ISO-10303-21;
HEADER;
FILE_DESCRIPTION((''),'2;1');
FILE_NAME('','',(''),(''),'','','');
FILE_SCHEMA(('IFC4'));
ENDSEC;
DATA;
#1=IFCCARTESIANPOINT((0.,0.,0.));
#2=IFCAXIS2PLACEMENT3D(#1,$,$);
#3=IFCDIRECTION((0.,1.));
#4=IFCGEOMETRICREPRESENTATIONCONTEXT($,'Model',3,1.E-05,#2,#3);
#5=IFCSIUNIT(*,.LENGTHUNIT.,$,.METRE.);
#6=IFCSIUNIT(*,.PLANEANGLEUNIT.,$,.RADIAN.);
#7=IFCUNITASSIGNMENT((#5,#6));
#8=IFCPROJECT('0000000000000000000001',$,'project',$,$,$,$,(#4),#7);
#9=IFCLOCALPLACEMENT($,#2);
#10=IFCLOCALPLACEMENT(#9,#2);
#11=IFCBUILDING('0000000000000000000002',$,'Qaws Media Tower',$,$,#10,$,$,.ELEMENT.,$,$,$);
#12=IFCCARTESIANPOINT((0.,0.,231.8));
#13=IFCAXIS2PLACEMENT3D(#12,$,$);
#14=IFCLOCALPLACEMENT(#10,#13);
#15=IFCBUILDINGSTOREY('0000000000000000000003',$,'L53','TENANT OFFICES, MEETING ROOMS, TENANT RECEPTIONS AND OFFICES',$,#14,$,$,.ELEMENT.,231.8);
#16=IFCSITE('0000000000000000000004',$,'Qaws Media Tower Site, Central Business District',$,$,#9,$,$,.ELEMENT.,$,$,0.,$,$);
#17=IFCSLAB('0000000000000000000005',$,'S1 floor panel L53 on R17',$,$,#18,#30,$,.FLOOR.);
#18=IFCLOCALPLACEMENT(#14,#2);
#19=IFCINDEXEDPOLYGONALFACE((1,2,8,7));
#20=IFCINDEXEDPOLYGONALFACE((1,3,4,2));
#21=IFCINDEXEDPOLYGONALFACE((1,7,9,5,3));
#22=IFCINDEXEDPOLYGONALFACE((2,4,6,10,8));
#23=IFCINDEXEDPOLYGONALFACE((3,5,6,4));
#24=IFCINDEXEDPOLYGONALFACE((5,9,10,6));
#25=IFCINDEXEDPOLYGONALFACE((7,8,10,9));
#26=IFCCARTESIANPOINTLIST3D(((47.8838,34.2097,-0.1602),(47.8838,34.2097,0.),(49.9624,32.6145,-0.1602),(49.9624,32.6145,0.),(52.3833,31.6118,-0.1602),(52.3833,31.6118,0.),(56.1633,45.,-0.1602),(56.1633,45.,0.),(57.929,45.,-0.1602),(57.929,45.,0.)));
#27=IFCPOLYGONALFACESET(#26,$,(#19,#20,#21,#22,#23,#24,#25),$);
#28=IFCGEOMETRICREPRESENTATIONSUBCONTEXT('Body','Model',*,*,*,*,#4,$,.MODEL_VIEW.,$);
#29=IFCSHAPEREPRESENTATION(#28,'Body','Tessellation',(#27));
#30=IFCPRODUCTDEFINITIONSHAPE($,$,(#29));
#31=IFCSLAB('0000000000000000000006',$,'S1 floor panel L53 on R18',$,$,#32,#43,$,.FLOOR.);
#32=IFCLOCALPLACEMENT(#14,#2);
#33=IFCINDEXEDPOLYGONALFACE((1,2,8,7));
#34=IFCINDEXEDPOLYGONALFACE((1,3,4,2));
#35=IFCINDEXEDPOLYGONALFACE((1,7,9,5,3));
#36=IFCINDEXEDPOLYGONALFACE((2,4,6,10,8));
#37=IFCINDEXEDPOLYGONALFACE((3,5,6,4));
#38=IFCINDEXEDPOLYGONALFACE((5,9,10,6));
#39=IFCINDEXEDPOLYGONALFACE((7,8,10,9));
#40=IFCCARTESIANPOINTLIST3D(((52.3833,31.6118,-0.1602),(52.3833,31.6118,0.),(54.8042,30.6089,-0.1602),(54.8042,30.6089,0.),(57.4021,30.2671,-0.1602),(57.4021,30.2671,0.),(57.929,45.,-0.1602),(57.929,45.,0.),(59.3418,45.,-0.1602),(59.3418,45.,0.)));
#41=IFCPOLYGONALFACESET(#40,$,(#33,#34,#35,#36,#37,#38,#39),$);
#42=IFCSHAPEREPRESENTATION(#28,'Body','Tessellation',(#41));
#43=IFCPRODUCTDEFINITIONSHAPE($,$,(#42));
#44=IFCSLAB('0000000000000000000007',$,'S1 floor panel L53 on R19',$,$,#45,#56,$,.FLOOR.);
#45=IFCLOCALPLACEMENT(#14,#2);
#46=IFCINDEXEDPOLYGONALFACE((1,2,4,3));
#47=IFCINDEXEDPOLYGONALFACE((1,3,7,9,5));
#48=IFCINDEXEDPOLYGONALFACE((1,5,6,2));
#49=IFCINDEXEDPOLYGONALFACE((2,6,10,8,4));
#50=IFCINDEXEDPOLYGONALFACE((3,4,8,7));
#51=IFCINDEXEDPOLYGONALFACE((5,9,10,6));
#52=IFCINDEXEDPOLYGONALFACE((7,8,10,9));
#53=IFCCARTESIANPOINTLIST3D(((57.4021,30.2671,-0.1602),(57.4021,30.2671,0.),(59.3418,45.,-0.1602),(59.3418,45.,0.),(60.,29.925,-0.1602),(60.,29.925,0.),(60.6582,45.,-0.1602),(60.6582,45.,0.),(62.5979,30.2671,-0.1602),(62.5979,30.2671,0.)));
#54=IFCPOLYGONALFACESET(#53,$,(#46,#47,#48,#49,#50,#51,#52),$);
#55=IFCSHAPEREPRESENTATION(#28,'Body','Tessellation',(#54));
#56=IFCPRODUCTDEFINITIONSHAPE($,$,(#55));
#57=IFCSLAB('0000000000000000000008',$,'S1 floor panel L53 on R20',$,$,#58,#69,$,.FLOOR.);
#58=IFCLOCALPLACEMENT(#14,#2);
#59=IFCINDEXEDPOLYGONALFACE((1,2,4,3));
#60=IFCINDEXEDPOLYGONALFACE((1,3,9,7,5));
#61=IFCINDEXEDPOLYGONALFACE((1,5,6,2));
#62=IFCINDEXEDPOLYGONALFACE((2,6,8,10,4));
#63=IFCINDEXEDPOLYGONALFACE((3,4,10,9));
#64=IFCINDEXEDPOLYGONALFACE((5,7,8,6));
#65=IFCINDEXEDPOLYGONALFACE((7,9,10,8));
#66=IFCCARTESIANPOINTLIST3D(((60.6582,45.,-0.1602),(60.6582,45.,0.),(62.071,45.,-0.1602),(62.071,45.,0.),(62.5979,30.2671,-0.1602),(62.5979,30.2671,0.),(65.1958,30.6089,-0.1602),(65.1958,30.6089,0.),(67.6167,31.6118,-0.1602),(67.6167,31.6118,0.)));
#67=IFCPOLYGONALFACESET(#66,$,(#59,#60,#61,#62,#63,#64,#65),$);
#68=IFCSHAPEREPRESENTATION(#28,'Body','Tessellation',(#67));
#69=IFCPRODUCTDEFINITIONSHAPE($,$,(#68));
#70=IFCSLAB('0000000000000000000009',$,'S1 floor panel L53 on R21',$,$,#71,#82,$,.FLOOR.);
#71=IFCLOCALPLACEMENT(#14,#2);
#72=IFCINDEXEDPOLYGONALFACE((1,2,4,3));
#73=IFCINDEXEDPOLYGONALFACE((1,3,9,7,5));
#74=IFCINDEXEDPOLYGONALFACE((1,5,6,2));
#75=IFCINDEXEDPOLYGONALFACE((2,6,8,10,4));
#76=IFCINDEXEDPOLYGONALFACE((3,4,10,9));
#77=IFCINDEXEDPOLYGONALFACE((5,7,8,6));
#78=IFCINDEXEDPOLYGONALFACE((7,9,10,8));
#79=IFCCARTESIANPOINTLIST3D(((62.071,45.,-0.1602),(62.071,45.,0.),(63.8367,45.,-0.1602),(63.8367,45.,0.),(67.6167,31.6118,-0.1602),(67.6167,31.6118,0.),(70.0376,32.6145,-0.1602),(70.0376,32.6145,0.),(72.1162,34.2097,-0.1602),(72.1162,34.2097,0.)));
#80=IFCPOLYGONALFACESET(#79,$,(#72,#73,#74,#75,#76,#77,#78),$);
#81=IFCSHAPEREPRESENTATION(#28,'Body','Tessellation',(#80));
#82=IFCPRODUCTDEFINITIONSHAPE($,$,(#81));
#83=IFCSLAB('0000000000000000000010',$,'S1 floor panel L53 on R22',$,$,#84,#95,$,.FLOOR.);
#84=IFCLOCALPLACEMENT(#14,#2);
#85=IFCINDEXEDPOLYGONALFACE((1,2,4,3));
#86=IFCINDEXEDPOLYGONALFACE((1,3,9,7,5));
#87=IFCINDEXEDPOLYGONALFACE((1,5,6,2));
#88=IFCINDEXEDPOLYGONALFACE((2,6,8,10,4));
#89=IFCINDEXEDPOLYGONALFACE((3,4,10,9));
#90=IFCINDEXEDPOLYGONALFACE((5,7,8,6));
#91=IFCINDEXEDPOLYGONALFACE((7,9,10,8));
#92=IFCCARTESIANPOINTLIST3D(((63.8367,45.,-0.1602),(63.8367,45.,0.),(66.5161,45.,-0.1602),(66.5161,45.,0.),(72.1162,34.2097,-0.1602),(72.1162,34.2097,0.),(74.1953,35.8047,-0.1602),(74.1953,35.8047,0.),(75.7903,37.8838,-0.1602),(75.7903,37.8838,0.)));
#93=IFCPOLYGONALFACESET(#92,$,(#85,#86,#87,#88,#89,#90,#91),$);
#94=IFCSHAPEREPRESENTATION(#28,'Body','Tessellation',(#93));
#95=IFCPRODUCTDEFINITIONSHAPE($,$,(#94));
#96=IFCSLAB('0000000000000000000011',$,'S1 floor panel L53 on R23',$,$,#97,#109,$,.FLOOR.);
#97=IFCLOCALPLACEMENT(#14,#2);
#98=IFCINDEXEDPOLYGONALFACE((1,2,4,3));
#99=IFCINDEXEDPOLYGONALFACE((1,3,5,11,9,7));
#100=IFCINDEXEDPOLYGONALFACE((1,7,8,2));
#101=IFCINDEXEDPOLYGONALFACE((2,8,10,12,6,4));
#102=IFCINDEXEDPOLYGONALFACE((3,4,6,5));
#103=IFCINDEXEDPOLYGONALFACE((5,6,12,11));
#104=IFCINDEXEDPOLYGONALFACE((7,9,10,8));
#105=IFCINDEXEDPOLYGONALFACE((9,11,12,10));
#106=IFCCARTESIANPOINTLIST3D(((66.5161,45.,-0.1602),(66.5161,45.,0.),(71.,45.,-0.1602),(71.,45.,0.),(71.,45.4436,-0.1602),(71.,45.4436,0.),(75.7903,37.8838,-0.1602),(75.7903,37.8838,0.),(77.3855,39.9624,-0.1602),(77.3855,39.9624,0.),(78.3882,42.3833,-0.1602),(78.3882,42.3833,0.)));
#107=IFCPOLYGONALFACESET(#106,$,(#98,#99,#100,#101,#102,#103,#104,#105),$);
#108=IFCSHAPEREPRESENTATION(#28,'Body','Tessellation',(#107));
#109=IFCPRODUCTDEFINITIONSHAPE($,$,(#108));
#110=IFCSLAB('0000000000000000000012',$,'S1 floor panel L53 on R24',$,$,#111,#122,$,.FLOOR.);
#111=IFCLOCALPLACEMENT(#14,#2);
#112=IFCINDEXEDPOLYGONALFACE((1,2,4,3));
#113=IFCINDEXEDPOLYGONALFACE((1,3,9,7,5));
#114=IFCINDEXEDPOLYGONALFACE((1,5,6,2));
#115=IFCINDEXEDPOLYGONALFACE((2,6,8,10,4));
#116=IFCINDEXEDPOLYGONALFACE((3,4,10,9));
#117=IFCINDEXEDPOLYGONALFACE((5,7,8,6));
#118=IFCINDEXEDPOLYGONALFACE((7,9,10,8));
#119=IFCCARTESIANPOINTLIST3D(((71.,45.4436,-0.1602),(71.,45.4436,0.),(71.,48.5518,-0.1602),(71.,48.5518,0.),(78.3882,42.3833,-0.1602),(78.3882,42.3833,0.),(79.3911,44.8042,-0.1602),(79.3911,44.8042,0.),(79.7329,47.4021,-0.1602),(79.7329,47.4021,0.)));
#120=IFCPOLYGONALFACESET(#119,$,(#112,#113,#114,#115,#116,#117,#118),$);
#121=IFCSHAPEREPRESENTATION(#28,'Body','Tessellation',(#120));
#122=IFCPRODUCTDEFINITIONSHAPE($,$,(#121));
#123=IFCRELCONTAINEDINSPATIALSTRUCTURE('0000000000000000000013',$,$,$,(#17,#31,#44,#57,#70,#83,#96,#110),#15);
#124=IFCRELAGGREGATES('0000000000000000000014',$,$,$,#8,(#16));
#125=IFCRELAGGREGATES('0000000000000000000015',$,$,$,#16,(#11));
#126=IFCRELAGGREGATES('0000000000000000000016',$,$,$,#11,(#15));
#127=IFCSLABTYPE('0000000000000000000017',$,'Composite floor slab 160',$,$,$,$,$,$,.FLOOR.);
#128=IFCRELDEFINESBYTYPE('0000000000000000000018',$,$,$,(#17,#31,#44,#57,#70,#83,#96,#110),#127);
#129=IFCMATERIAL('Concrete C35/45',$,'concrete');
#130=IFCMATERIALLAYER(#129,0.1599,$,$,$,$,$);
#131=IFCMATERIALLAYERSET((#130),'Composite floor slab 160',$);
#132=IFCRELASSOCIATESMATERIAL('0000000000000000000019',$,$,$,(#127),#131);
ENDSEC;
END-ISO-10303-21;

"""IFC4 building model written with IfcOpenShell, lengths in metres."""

from ifc_helpers import new_model, si_unit, direction, frame, origin, place, context, subcontext, project, spatial, polyline, outline, extrude, material, layer, layer_set, type_object, element, save


model = new_model("IFC4")

# Units and contexts
model_context = context("Model", 3, precision=1e-05, world=origin(), true_north=direction((0.0, 1.0)))
body_context = subcontext(model_context, "Body", "Model", "MODEL_VIEW")
ifc_project = project(units=[si_unit("LENGTHUNIT", "METRE"), si_unit("PLANEANGLEUNIT", "RADIAN")], contexts=[model_context])

# Site, building, storey
site_placement = place(None, origin())
site = spatial("IfcSite", under=ifc_project, at=site_placement, Name="Qaws Media Tower Site, Central Business District", CompositionType="ELEMENT", RefElevation=0.0)
building_placement = place(site_placement, origin())
building = spatial("IfcBuilding", under=site, at=building_placement, Name="Qaws Media Tower", CompositionType="ELEMENT")
storey_placement = place(building_placement, frame((0.0, 0.0, 231.8)))
storey = spatial("IfcBuildingStorey", under=building, at=storey_placement, Name="L53", Description="TENANT OFFICES, MEETING ROOMS, TENANT RECEPTIONS AND OFFICES", CompositionType="ELEMENT", Elevation=231.8)

# Slabs
ifc_material_1 = material(Name="Concrete C35/45", Category="concrete")
ifc_layer_1 = layer(ifc_material_1, 0.1599)
ifc_layer_set_1 = layer_set([ifc_layer_1], Name="Composite floor slab 160")
slab_type_1 = type_object("IfcSlabType", Name="Composite floor slab 160", PredefinedType="FLOOR", material=ifc_layer_set_1)
slab_1_placement = place(storey_placement, frame((0.0, 0.0, -0.1602)))
element("IfcSlab", 1, at=slab_1_placement, inside=storey, type_object=slab_type_1, Name="S1 floor panel L53 on R17", PredefinedType="FLOOR", context=body_context, shape_type="SweptSolid", body=[
    extrude(outline(polyline([(49.9624, 32.6145), (47.8838, 34.2097), (56.1633, 45.0), (57.929, 45.0), (52.3833, 31.6118), (49.9624, 32.6145)])), origin(), (0.0, 0.0, 1.0), 0.1602),
])
slab_2_placement = place(storey_placement, frame((0.0, 0.0, -0.1602)))
element("IfcSlab", 2, at=slab_2_placement, inside=storey, type_object=slab_type_1, Name="S1 floor panel L53 on R18", PredefinedType="FLOOR", context=body_context, shape_type="SweptSolid", body=[
    extrude(outline(polyline([(54.8042, 30.6089), (52.3833, 31.6118), (57.929, 45.0), (59.3418, 45.0), (57.4021, 30.2671), (54.8042, 30.6089)])), origin(), (0.0, 0.0, 1.0), 0.1602),
])
slab_3_placement = place(storey_placement, frame((0.0, 0.0, -0.1602)))
element("IfcSlab", 3, at=slab_3_placement, inside=storey, type_object=slab_type_1, Name="S1 floor panel L53 on R19", PredefinedType="FLOOR", context=body_context, shape_type="SweptSolid", body=[
    extrude(outline(polyline([(60.0, 29.925), (57.4021, 30.2671), (59.3418, 45.0), (60.6582, 45.0), (62.5979, 30.2671), (60.0, 29.925)])), origin(), (0.0, 0.0, 1.0), 0.1602),
])
slab_4_placement = place(storey_placement, frame((0.0, 0.0, -0.1602)))
element("IfcSlab", 4, at=slab_4_placement, inside=storey, type_object=slab_type_1, Name="S1 floor panel L53 on R20", PredefinedType="FLOOR", context=body_context, shape_type="SweptSolid", body=[
    extrude(outline(polyline([(65.1958, 30.6089), (62.5979, 30.2671), (60.6582, 45.0), (62.071, 45.0), (67.6167, 31.6118), (65.1958, 30.6089)])), origin(), (0.0, 0.0, 1.0), 0.1602),
])
slab_5_placement = place(storey_placement, frame((0.0, 0.0, -0.1602)))
element("IfcSlab", 5, at=slab_5_placement, inside=storey, type_object=slab_type_1, Name="S1 floor panel L53 on R21", PredefinedType="FLOOR", context=body_context, shape_type="SweptSolid", body=[
    extrude(outline(polyline([(70.0376, 32.6145), (67.6167, 31.6118), (62.071, 45.0), (63.8367, 45.0), (72.1162, 34.2097), (70.0376, 32.6145)])), origin(), (0.0, 0.0, 1.0), 0.1602),
])
slab_6_placement = place(storey_placement, frame((0.0, 0.0, -0.1602)))
element("IfcSlab", 6, at=slab_6_placement, inside=storey, type_object=slab_type_1, Name="S1 floor panel L53 on R22", PredefinedType="FLOOR", context=body_context, shape_type="SweptSolid", body=[
    extrude(outline(polyline([(74.1953, 35.8047), (72.1162, 34.2097), (63.8367, 45.0), (66.5161, 45.0), (75.7903, 37.8838), (74.1953, 35.8047)])), origin(), (0.0, 0.0, 1.0), 0.1602),
])
slab_7_placement = place(storey_placement, frame((0.0, 0.0, -0.1602)))
element("IfcSlab", 7, at=slab_7_placement, inside=storey, type_object=slab_type_1, Name="S1 floor panel L53 on R23", PredefinedType="FLOOR", context=body_context, shape_type="SweptSolid", body=[
    extrude(outline(polyline([(77.3855, 39.9624), (75.7903, 37.8838), (66.5161, 45.0), (71.0, 45.0), (71.0, 45.4436), (78.3882, 42.3833), (77.3855, 39.9624)])), origin(), (0.0, 0.0, 1.0), 0.1602),
])
slab_8_placement = place(storey_placement, frame((0.0, 0.0, -0.1602)))
element("IfcSlab", 8, at=slab_8_placement, inside=storey, type_object=slab_type_1, Name="S1 floor panel L53 on R24", PredefinedType="FLOOR", context=body_context, shape_type="SweptSolid", body=[
    extrude(outline(polyline([(78.3882, 42.3833), (71.0, 45.4436), (71.0, 48.5518), (79.7329, 47.4021), (79.3911, 44.8042), (78.3882, 42.3833)])), origin(), (0.0, 0.0, 1.0), 0.1602),
])

save(model, "model.ifc")
